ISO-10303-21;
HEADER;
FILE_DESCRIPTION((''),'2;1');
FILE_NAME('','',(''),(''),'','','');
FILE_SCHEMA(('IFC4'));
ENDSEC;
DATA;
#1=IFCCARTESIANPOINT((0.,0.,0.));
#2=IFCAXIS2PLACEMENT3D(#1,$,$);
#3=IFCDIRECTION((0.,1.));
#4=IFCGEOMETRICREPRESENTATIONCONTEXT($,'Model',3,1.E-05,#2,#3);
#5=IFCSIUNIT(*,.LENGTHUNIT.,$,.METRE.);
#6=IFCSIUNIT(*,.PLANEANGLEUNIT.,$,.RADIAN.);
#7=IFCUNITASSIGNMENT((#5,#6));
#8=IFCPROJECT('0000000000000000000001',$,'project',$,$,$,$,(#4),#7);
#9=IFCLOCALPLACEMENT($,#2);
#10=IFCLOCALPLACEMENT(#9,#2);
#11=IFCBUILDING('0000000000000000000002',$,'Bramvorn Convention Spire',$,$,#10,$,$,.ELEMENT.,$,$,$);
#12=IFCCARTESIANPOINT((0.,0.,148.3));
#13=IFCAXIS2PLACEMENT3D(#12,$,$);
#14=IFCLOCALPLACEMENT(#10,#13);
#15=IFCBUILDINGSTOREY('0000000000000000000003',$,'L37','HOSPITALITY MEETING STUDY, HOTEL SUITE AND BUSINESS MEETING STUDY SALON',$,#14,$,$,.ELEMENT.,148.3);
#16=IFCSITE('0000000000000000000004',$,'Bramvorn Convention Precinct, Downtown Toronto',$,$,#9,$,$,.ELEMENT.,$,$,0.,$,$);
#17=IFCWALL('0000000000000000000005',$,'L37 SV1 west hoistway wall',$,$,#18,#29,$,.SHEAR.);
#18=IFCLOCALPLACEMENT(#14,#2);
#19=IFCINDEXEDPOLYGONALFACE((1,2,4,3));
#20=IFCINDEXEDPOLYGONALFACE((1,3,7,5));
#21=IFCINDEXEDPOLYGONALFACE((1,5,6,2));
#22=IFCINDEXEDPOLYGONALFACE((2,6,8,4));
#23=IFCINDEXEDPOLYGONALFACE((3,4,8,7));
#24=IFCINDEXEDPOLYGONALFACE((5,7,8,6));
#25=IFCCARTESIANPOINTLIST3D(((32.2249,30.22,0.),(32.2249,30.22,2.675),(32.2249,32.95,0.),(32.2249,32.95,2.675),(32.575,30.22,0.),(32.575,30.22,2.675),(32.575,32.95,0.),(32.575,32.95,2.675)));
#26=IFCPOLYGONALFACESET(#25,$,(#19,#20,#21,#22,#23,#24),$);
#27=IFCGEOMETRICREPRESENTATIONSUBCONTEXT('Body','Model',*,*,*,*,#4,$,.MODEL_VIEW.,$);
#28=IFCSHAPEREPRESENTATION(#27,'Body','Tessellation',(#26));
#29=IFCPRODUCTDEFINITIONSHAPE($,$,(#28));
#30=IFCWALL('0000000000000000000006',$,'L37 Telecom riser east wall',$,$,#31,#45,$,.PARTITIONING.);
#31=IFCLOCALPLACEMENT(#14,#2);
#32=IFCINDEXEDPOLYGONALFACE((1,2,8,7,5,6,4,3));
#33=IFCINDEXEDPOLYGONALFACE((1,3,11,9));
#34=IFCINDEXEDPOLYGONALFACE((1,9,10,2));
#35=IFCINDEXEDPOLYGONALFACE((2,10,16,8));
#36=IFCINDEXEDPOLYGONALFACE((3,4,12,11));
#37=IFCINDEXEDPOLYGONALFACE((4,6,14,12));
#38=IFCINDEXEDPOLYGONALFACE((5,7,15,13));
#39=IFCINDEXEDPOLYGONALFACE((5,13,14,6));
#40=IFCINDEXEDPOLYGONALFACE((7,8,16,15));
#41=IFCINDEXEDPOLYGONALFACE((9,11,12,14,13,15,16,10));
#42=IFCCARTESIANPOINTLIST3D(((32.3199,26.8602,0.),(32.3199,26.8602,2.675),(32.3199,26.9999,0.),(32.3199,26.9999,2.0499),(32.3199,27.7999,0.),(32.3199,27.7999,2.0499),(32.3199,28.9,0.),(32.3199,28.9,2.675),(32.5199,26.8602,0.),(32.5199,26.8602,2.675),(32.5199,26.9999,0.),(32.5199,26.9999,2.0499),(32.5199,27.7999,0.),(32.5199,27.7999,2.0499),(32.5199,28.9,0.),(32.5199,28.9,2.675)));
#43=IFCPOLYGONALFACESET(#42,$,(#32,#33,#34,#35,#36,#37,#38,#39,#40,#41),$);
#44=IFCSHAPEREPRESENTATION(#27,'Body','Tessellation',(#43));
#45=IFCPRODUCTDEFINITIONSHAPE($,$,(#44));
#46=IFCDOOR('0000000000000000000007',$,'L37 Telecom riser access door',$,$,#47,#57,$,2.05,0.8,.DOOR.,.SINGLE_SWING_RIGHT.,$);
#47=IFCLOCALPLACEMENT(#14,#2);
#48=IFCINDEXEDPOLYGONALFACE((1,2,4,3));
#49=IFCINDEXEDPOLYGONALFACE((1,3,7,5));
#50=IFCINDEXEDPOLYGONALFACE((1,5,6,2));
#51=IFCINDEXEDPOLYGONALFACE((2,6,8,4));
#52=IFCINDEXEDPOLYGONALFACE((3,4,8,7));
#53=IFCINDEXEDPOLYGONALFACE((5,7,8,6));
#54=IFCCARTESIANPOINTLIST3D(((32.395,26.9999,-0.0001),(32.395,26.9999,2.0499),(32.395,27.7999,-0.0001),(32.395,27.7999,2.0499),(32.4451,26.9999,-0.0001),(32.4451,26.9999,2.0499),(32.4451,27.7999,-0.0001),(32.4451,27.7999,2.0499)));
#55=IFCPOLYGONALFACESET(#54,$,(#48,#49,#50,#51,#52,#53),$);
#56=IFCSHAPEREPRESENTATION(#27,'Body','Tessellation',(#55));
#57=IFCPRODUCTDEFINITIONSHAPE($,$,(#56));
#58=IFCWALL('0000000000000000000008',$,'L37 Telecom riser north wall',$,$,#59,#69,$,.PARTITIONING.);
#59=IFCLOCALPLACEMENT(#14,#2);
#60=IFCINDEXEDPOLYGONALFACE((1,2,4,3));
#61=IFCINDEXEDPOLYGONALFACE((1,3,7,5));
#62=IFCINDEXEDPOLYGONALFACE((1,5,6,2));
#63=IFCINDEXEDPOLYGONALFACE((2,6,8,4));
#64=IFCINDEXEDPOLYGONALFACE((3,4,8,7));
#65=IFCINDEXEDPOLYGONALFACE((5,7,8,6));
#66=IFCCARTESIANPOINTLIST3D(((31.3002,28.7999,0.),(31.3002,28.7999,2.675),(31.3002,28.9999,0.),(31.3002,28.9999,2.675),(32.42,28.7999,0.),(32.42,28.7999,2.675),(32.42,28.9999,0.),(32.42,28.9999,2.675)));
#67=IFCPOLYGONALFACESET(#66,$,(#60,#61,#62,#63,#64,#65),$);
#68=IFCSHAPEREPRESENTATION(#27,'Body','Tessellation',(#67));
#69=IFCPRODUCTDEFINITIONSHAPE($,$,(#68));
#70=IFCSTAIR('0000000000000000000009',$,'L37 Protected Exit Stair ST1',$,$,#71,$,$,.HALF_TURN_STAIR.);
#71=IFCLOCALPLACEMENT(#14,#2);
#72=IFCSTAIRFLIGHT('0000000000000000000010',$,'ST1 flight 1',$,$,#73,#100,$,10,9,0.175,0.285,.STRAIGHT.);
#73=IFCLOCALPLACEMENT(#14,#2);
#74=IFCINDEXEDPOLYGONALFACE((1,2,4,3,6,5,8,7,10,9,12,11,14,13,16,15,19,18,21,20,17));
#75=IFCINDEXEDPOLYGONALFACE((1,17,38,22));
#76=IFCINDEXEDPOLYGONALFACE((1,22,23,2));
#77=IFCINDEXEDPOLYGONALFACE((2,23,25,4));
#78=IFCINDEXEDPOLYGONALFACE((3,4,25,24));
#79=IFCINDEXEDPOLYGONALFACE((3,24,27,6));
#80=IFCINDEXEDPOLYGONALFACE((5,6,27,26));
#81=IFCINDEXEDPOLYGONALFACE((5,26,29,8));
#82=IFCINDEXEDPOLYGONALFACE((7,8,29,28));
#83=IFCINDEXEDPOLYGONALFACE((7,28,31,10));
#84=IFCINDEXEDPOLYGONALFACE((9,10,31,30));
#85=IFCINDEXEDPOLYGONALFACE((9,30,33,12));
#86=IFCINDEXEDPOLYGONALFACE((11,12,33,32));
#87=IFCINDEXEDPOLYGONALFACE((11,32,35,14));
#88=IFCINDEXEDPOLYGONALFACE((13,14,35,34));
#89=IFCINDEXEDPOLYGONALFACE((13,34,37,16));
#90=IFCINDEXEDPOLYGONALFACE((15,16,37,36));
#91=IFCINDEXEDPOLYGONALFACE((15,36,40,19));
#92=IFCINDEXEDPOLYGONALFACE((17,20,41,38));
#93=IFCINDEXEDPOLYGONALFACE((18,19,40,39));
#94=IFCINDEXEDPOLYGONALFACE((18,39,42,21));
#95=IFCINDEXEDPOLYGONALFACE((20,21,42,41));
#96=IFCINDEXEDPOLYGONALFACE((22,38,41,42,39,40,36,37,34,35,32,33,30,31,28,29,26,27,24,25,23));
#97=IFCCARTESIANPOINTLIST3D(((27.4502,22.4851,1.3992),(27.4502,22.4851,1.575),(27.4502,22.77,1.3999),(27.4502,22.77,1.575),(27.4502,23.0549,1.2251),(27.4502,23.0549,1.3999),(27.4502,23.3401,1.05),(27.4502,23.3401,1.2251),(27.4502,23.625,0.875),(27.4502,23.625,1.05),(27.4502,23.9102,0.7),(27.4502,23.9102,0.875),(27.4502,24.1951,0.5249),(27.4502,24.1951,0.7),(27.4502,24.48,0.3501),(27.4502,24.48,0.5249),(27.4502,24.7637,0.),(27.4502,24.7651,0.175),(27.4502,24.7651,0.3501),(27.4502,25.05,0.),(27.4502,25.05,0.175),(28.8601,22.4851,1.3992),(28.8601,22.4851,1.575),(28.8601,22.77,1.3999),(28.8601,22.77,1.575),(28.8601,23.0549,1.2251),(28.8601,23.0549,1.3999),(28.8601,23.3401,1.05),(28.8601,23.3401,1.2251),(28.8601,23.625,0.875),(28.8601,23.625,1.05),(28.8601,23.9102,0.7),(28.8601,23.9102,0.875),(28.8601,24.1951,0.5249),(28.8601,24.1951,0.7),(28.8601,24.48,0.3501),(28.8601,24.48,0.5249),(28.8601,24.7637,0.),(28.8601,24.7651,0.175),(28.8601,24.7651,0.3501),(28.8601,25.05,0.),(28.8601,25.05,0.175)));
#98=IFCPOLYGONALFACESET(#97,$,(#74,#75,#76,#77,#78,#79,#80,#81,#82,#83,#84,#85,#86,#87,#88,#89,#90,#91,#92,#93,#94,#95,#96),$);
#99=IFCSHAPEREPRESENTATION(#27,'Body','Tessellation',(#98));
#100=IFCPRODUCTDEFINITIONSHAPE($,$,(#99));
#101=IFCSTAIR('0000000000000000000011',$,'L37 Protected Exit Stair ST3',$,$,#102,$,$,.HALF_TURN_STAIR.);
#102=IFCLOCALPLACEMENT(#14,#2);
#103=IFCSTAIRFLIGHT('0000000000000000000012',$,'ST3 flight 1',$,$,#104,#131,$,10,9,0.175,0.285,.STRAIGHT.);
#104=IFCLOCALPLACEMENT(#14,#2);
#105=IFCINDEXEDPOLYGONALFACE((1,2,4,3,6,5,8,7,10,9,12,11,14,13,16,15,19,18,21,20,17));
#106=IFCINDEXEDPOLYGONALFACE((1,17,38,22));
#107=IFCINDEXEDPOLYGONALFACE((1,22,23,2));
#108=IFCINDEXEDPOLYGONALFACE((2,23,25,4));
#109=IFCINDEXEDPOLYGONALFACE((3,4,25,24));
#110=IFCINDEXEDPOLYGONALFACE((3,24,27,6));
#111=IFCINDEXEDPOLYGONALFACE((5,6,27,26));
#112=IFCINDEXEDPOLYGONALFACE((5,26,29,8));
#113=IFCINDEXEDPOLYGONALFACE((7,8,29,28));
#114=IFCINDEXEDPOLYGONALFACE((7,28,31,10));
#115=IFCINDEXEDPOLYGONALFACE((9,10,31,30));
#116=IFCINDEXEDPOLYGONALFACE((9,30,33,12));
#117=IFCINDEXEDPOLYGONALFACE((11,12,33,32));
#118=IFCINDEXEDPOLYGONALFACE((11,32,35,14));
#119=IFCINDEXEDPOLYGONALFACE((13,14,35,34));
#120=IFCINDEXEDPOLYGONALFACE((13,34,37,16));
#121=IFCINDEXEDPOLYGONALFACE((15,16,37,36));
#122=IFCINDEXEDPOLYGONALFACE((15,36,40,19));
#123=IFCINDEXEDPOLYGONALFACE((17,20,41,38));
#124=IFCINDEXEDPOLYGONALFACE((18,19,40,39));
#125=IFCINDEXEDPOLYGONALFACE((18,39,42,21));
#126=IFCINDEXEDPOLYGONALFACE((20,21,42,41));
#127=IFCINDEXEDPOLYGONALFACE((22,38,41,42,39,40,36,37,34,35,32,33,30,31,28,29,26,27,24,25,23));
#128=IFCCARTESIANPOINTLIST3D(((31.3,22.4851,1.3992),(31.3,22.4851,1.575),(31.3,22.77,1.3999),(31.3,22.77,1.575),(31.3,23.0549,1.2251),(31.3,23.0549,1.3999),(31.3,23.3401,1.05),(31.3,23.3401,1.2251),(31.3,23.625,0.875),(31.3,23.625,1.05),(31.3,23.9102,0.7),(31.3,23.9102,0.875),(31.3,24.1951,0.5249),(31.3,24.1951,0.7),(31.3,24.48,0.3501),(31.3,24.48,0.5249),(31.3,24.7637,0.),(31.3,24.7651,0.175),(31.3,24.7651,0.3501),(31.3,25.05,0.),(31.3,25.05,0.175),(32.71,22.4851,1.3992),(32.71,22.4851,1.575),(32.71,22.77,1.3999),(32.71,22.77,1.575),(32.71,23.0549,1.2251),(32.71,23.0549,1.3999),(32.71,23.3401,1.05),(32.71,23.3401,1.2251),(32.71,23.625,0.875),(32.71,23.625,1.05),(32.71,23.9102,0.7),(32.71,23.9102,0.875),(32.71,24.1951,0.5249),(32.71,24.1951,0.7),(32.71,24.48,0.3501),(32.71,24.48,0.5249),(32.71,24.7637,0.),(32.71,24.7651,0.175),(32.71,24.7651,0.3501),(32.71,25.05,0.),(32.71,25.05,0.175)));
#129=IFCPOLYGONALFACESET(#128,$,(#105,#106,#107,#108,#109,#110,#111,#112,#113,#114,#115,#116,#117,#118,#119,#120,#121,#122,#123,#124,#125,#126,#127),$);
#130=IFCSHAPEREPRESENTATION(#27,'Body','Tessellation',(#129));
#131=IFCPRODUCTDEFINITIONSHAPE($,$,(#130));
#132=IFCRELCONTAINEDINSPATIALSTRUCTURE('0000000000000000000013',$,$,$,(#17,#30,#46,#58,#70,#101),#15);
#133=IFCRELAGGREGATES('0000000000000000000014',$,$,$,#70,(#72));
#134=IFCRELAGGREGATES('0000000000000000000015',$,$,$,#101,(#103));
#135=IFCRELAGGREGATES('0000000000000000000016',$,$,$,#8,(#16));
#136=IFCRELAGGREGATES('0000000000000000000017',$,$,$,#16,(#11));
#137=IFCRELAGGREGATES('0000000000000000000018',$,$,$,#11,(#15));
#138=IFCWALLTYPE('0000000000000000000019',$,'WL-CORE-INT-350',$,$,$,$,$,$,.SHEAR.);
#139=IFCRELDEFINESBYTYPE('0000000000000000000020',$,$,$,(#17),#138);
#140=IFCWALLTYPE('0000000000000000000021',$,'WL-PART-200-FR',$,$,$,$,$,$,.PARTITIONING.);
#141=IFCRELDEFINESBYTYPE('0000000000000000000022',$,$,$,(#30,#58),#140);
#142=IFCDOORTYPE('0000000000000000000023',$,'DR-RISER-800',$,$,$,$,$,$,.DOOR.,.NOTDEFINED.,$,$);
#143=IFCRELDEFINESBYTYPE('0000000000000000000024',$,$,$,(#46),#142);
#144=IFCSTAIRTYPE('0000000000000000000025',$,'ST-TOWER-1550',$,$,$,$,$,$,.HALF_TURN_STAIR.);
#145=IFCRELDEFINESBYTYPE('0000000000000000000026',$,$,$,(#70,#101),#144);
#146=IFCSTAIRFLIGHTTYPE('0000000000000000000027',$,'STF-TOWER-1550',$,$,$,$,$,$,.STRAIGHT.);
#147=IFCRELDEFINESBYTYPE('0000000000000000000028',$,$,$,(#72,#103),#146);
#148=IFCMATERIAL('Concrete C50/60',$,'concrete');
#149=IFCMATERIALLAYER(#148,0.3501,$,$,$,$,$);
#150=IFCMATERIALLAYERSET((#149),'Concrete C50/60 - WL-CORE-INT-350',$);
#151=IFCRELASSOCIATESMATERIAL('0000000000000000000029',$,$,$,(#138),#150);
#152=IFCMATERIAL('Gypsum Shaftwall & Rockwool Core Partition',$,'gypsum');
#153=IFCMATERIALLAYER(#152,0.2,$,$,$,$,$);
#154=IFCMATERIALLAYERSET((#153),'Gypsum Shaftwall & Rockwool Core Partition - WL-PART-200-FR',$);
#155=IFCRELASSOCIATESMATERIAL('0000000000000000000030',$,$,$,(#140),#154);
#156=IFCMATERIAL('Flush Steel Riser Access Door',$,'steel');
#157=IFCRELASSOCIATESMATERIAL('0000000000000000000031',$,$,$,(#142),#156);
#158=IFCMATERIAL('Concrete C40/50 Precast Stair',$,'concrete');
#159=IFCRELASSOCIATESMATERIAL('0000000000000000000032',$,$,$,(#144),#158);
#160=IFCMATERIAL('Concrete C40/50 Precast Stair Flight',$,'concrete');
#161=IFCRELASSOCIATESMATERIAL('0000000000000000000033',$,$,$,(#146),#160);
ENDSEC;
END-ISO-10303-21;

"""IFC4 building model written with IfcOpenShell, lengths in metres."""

from ifc_helpers import new_model, si_unit, direction, frame, frame_2d, origin, place, context, subcontext, project, spatial, polyline, rectangle, outline, extrude, material, layer, layer_set, type_object, element, fill, aggregate, save


model = new_model("IFC4")

# Units and contexts
model_context = context("Model", 3, precision=1e-05, world=origin(), true_north=direction((0.0, 1.0)))
body_context = subcontext(model_context, "Body", "Model", "MODEL_VIEW")
ifc_project = project(units=[si_unit("LENGTHUNIT", "METRE"), si_unit("PLANEANGLEUNIT", "RADIAN")], contexts=[model_context])

# Site, building, storey
site_placement = place(None, origin())
site = spatial("IfcSite", under=ifc_project, at=site_placement, Name="Bramvorn Convention Precinct, Downtown Toronto", CompositionType="ELEMENT", RefElevation=0.0)
building_placement = place(site_placement, origin())
building = spatial("IfcBuilding", under=site, at=building_placement, Name="Bramvorn Convention Spire", CompositionType="ELEMENT")
storey_placement = place(building_placement, frame((0.0, 0.0, 148.3)))
storey = spatial("IfcBuildingStorey", under=building, at=storey_placement, Name="L37", Description="HOSPITALITY MEETING STUDY, HOTEL SUITE AND BUSINESS MEETING STUDY SALON", CompositionType="ELEMENT", Elevation=148.3)

# Shared definitions
ifc_material_1 = material(Name="Concrete C50/60", Category="concrete")
ifc_layer_1 = layer(ifc_material_1, 0.3501)
ifc_layer_set_1 = layer_set([ifc_layer_1], Name="Concrete C50/60 - WL-CORE-INT-350")
wall_type_1 = type_object("IfcWallType", Name="WL-CORE-INT-350", PredefinedType="SHEAR", material=ifc_layer_set_1)

# Wall
wall_1_placement = place(storey_placement, frame((32.3999, 30.22, 0.0), z_axis=(0.0, 0.0, 1.0), x_axis=(0.0, 1.0, 0.0)))
element("IfcWall", 1, at=wall_1_placement, inside=storey, type_object=wall_type_1, Name="L37 SV1 west hoistway wall", PredefinedType="SHEAR", context=body_context, shape_type="SweptSolid", body=[
    extrude(rectangle(XDim=2.73, YDim=0.3501, at=frame_2d((1.365, 0.0))), origin(), (0.0, 0.0, 1.0), 2.675),
])

# Wall, opening, door
ifc_material_2 = material(Name="Gypsum Shaftwall & Rockwool Core Partition", Category="gypsum")
ifc_layer_2 = layer(ifc_material_2, 0.2)
ifc_layer_set_2 = layer_set([ifc_layer_2], Name="Gypsum Shaftwall & Rockwool Core Partition - WL-PART-200-FR")
wall_type_2 = type_object("IfcWallType", Name="WL-PART-200-FR", PredefinedType="PARTITIONING", material=ifc_layer_set_2)
wall_2_placement = place(storey_placement, frame((32.4199, 26.8601, 0.0), z_axis=(0.0, 0.0, 1.0), x_axis=(0.0, 1.0, 0.0)))
wall_2 = element("IfcWall", 2, at=wall_2_placement, inside=storey, type_object=wall_type_2, Name="L37 Telecom riser east wall", PredefinedType="PARTITIONING", context=body_context, shape_type="SweptSolid", body=[
    extrude(rectangle(XDim=2.0398, YDim=0.2, at=frame_2d((1.02, 0.0))), origin(), (0.0, 0.0, 1.0), 2.675),
])
opening_1_placement = place(wall_2_placement, frame((0.1399, 0.0, 0.0)))
opening_1 = element("IfcOpeningElement", 3, at=opening_1_placement, cuts=wall_2, PredefinedType="OPENING", context=body_context, shape_type="SweptSolid", body=[
    extrude(rectangle(XDim=0.8, YDim=2.05, at=frame_2d((0.3999, 1.0249))), frame((0.0, 0.1099, 0.0), z_axis=(0.0, -1.0, 0.0), x_axis=(1.0, 0.0, 0.0)), (0.0, 0.0, 1.0), 0.22),
])
ifc_material_3 = material(Name="Flush Steel Riser Access Door", Category="steel")
door_type_1 = type_object("IfcDoorType", Name="DR-RISER-800", OperationType="NOTDEFINED", PredefinedType="DOOR", material=ifc_material_3)
door_1_placement = place(opening_1_placement, origin())
door_1 = element("IfcDoor", 4, at=door_1_placement, inside=storey, type_object=door_type_1, Name="L37 Telecom riser access door", OperationType="SINGLE_SWING_RIGHT", OverallHeight=2.05, OverallWidth=0.8, PredefinedType="DOOR", context=body_context, shape_type="SweptSolid", body=[
    extrude(rectangle(XDim=0.8, YDim=2.05, at=frame_2d((0.3999, 1.0249))), frame((0.0, 0.0249, 0.0), z_axis=(0.0, -1.0, 0.0), x_axis=(1.0, 0.0, 0.0)), (0.0, 0.0, 1.0), 0.05),
])
fill(opening_1, door_1)

# Wall
wall_3_placement = place(storey_placement, frame((31.3, 28.8999, 0.0), z_axis=(0.0, 0.0, 1.0), x_axis=(1.0, 0.0, 0.0)))
element("IfcWall", 5, at=wall_3_placement, inside=storey, type_object=wall_type_2, Name="L37 Telecom riser north wall", PredefinedType="PARTITIONING", context=body_context, shape_type="SweptSolid", body=[
    extrude(rectangle(XDim=1.1199, YDim=0.2, at=frame_2d((0.5601, 0.0))), origin(), (0.0, 0.0, 1.0), 2.675),
])

# Stairs, stair flights
ifc_material_4 = material(Name="Concrete C40/50 Precast Stair", Category="concrete")
stair_type = type_object("IfcStairType", Name="ST-TOWER-1550", PredefinedType="HALF_TURN_STAIR", material=ifc_material_4)
stair_1_placement = place(storey_placement, origin())
stair_1 = element("IfcStair", 6, at=stair_1_placement, inside=storey, type_object=stair_type, Name="L37 Protected Exit Stair ST1", PredefinedType="HALF_TURN_STAIR")
ifc_material_5 = material(Name="Concrete C40/50 Precast Stair Flight", Category="concrete")
stair_flight_type = type_object("IfcStairFlightType", Name="STF-TOWER-1550", PredefinedType="STRAIGHT", material=ifc_material_5)
stair_flight_1_placement = place(storey_placement, frame((28.155, 25.05, 0.0), z_axis=(0.0, 0.0, 1.0), x_axis=(0.0, -1.0, 0.0)))
stair_flight_1 = element("IfcStairFlight", 7, at=stair_flight_1_placement, type_object=stair_flight_type, Name="ST1 flight 1", NumberOfRisers=10, NumberOfTreads=9, PredefinedType="STRAIGHT", RiserHeight=0.175, TreadLength=0.285, context=body_context, shape_type="SweptSolid", body=[
    extrude(outline(polyline([(0.0, 0.0), (0.0, 0.175), (0.2849, 0.175), (0.2849, 0.3501), (0.5701, 0.3501), (0.5701, 0.5249), (0.855, 0.5249), (0.855, 0.7), (1.1399, 0.7), (1.1399, 0.875), (1.425, 0.875), (1.425, 1.05), (1.71, 1.05), (1.71, 1.2251), (1.9951, 1.2251), (1.9951, 1.3999), (2.28, 1.3999), (2.28, 1.575), (2.5649, 1.575), (2.5649, 1.75), (2.5649, 1.3992), (0.2864, 0.0), (0.0, 0.0)])), frame((0.0, 0.7051, 0.0), z_axis=(0.0, -1.0, 0.0), x_axis=(1.0, 0.0, 0.0)), (0.0, 0.0, 1.0), 1.4099),
])
aggregate(stair_1, [stair_flight_1])
stair_2_placement = place(storey_placement, origin())
stair_2 = element("IfcStair", 8, at=stair_2_placement, inside=storey, type_object=stair_type, Name="L37 Protected Exit Stair ST3", PredefinedType="HALF_TURN_STAIR")
stair_flight_2_placement = place(storey_placement, frame((32.0049, 25.05, 0.0), z_axis=(0.0, 0.0, 1.0), x_axis=(0.0, -1.0, 0.0)))
stair_flight_2 = element("IfcStairFlight", 9, at=stair_flight_2_placement, type_object=stair_flight_type, Name="ST3 flight 1", NumberOfRisers=10, NumberOfTreads=9, PredefinedType="STRAIGHT", RiserHeight=0.175, TreadLength=0.285, context=body_context, shape_type="SweptSolid", body=[
    extrude(outline(polyline([(0.0, 0.0), (0.0, 0.175), (0.2849, 0.175), (0.2849, 0.3501), (0.5701, 0.3501), (0.5701, 0.5249), (0.855, 0.5249), (0.855, 0.7), (1.1399, 0.7), (1.1399, 0.875), (1.425, 0.875), (1.425, 1.05), (1.71, 1.05), (1.71, 1.2251), (1.9951, 1.2251), (1.9951, 1.3999), (2.28, 1.3999), (2.28, 1.575), (2.5649, 1.575), (2.5649, 1.75), (2.5649, 1.3992), (0.2864, 0.0), (0.0, 0.0)])), frame((0.0, 0.7051, 0.0), z_axis=(0.0, -1.0, 0.0), x_axis=(1.0, 0.0, 0.0)), (0.0, 0.0, 1.0), 1.4099),
])
aggregate(stair_2, [stair_flight_2])

save(model, "model.ifc")
